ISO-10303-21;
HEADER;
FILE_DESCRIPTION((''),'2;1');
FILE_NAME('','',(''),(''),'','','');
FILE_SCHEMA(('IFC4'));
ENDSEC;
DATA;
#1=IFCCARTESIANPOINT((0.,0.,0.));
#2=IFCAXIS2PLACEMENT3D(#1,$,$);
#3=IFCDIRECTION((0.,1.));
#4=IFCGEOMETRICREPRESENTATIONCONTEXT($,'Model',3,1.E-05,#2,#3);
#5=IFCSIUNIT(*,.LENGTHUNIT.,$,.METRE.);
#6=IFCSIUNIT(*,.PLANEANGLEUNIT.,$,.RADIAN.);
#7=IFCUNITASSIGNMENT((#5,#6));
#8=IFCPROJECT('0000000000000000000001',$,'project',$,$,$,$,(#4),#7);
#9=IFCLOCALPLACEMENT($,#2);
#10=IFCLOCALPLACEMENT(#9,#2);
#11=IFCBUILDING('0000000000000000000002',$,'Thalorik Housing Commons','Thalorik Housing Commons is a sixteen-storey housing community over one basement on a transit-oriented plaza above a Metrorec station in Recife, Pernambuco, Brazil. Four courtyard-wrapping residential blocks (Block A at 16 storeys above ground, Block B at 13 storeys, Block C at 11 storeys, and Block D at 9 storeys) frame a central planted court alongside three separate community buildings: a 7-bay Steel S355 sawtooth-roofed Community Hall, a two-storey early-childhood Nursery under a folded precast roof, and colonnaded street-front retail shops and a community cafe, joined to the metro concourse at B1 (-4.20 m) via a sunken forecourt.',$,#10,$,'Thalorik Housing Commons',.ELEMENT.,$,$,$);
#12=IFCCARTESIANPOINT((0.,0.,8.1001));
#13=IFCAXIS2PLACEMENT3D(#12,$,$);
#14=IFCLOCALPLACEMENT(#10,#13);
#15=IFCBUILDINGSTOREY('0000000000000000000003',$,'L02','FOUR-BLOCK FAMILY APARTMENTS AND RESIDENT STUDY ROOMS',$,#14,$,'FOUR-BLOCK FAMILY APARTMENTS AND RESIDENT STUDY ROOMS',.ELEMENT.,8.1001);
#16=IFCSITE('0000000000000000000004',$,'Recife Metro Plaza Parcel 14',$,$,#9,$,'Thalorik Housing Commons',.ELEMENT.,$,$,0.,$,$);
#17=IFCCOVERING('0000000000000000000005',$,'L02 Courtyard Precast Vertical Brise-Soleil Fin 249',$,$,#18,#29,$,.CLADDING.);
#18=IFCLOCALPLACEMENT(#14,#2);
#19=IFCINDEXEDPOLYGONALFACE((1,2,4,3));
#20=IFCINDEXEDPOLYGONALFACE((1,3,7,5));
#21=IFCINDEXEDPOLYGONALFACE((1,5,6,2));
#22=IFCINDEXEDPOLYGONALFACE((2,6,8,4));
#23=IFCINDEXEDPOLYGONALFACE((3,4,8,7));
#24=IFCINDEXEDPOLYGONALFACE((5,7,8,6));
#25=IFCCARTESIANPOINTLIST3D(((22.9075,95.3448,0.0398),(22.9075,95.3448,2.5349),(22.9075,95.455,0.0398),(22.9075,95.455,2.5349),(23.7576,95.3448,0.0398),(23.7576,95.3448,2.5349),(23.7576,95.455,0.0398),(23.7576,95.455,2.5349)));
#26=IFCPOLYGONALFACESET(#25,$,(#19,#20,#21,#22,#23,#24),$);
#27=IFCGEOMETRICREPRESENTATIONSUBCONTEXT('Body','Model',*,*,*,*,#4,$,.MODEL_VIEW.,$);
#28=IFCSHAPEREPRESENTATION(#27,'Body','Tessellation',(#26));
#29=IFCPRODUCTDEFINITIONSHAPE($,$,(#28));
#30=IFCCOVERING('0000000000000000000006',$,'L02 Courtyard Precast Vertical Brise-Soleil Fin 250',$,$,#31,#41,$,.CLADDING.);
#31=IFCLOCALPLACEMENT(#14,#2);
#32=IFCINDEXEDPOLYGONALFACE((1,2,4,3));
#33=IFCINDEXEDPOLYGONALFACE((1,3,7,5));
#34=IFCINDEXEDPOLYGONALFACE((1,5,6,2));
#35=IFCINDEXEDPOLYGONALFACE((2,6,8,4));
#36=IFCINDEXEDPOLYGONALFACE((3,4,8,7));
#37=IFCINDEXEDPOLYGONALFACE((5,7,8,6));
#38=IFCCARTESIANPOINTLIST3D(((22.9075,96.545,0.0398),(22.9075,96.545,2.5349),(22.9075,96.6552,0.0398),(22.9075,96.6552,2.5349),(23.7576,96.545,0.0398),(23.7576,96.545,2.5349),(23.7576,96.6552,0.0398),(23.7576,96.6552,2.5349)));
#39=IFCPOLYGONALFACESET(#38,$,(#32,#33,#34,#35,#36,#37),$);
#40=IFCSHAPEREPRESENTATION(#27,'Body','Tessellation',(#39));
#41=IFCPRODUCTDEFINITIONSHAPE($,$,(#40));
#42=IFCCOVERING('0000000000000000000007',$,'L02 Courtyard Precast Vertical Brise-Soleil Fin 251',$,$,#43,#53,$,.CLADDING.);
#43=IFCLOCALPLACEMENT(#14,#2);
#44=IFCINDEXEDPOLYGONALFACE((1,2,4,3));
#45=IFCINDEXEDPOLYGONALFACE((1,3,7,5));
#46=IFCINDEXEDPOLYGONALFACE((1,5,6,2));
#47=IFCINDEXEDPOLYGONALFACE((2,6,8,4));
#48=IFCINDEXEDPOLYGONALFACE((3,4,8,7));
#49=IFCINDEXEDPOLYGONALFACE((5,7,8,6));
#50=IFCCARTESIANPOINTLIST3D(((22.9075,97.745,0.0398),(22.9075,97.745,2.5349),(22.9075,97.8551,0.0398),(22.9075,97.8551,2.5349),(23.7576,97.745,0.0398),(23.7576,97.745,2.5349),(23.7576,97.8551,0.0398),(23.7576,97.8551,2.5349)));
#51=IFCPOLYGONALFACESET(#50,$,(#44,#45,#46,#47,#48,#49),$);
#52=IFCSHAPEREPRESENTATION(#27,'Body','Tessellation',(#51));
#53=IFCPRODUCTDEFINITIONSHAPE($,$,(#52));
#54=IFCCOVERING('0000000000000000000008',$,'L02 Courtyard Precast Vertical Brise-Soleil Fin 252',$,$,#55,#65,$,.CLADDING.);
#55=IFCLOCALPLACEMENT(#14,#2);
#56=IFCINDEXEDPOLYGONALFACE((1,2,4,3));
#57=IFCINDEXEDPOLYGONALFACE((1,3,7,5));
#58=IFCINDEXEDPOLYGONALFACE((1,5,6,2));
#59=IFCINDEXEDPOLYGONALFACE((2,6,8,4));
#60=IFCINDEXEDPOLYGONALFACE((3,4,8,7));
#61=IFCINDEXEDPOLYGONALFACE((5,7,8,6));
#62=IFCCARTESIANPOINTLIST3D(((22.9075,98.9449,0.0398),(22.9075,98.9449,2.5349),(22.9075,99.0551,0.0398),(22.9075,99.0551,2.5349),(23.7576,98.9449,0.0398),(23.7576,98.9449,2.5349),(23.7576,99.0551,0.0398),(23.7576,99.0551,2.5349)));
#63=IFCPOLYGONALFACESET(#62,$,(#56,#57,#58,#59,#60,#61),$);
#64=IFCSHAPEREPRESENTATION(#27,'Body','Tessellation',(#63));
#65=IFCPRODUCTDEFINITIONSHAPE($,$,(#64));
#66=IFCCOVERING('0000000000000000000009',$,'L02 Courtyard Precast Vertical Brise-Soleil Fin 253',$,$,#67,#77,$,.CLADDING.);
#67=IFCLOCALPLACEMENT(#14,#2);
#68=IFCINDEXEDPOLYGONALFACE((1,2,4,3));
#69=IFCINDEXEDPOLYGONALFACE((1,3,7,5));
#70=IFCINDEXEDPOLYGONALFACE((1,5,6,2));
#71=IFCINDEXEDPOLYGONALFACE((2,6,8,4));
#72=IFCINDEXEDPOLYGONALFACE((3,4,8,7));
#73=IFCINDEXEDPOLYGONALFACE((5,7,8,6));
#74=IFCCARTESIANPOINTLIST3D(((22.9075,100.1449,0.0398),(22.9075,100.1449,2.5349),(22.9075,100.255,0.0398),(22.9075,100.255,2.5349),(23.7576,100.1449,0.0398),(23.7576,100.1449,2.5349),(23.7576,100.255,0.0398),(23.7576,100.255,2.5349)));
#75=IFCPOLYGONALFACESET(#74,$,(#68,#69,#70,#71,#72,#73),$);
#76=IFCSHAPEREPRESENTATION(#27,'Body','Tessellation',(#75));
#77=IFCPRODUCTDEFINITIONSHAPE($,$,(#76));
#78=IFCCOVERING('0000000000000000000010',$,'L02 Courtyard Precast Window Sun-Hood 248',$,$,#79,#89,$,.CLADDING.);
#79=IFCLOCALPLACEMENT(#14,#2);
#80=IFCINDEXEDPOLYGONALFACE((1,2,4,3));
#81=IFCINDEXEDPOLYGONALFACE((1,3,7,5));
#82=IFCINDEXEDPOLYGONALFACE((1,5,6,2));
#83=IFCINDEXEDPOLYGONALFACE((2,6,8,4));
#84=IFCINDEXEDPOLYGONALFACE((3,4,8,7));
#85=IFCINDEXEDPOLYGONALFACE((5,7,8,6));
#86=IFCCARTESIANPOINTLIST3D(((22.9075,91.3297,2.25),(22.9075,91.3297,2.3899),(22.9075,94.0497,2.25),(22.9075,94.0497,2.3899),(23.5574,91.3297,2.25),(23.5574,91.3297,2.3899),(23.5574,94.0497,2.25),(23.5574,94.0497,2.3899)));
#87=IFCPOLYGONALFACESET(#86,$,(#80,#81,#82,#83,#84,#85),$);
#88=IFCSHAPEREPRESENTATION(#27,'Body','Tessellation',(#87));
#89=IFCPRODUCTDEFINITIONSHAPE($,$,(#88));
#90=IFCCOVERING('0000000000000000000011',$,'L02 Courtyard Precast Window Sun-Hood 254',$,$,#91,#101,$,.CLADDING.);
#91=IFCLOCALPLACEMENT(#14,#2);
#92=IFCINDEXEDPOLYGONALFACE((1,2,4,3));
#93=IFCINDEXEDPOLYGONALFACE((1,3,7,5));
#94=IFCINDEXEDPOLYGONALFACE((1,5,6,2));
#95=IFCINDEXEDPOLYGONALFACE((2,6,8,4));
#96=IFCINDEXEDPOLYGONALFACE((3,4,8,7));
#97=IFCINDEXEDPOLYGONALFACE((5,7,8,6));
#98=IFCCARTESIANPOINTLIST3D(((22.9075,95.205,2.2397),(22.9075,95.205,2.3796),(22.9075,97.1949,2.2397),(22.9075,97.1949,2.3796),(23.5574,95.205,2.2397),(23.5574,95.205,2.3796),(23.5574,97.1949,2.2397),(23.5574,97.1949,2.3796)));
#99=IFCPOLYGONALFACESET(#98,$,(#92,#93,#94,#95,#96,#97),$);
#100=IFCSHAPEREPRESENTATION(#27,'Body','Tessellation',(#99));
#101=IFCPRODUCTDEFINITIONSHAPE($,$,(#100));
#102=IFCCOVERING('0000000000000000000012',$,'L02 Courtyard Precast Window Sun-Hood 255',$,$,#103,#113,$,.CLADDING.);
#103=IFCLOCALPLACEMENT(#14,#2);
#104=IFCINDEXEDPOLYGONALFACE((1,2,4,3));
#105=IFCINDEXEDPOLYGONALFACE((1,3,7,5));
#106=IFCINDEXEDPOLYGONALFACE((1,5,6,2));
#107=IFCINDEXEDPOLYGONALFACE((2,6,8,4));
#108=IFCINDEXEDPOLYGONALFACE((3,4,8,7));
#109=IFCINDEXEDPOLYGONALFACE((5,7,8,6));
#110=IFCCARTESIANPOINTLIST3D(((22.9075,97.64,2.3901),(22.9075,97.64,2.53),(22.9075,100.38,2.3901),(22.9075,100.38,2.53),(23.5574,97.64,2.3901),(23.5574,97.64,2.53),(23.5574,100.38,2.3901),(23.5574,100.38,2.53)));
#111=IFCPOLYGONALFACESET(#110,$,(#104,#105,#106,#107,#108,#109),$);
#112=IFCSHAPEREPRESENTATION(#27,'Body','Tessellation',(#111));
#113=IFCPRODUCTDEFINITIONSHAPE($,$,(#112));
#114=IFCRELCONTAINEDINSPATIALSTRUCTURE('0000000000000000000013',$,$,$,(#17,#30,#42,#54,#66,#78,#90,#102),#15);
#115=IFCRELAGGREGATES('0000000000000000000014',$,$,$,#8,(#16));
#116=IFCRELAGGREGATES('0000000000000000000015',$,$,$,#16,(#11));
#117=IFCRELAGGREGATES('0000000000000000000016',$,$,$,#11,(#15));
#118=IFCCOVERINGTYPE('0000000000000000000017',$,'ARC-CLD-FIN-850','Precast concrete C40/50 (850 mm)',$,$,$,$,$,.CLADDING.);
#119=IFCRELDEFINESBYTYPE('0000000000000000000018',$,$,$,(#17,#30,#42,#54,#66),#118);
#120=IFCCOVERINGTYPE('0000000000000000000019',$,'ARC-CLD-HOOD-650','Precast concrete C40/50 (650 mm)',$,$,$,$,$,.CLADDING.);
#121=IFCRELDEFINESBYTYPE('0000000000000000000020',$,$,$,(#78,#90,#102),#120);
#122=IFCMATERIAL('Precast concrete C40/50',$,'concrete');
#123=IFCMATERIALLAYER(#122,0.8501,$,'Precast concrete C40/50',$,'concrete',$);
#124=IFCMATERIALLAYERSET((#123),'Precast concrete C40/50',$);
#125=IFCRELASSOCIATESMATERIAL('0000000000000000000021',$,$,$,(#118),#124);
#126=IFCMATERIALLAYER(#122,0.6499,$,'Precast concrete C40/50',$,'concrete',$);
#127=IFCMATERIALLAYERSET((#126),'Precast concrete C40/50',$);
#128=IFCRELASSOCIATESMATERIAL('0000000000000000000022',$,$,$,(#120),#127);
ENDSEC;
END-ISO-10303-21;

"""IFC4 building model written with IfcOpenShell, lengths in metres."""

from ifc_helpers import new_model, si_unit, direction, frame, origin, origin_2d, place, context, subcontext, project, spatial, rectangle, extrude, material, layer, layer_set, type_object, element, save


model = new_model("IFC4")

# Units and contexts
model_context = context("Model", 3, precision=1e-05, world=origin(), true_north=direction((0.0, 1.0)))
body_context = subcontext(model_context, "Body", "Model", "MODEL_VIEW")
ifc_project = project(units=[si_unit("LENGTHUNIT", "METRE"), si_unit("PLANEANGLEUNIT", "RADIAN")], contexts=[model_context])

# Site, building, storey
site_placement = place(None, origin())
site = spatial("IfcSite", under=ifc_project, at=site_placement, Name="Recife Metro Plaza Parcel 14", LongName="Thalorik Housing Commons", CompositionType="ELEMENT", RefElevation=0.0)
building_placement = place(site_placement, origin())
building = spatial("IfcBuilding", under=site, at=building_placement, Name="Thalorik Housing Commons", Description="Thalorik Housing Commons is a sixteen-storey housing community over one basement on a transit-oriented plaza above a Metrorec station in Recife, Pernambuco, Brazil. Four courtyard-wrapping residential blocks (Block A at 16 storeys above ground, Block B at 13 storeys, Block C at 11 storeys, and Block D at 9 storeys) frame a central planted court alongside three separate community buildings: a 7-bay Steel S355 sawtooth-roofed Community Hall, a two-storey early-childhood Nursery under a folded precast roof, and colonnaded street-front retail shops and a community cafe, joined to the metro concourse at B1 (-4.20 m) via a sunken forecourt.", LongName="Thalorik Housing Commons", CompositionType="ELEMENT")
storey_placement = place(building_placement, frame((0.0, 0.0, 8.1001)))
storey = spatial("IfcBuildingStorey", under=building, at=storey_placement, Name="L02", Description="FOUR-BLOCK FAMILY APARTMENTS AND RESIDENT STUDY ROOMS", LongName="FOUR-BLOCK FAMILY APARTMENTS AND RESIDENT STUDY ROOMS", CompositionType="ELEMENT", Elevation=8.1001)

# Shared definitions
ifc_material_1 = material(Name="Precast concrete C40/50", Category="concrete")

# Coverings
ifc_layer_1 = layer(ifc_material_1, 0.8501, Name="Precast concrete C40/50", Category="concrete")
ifc_layer_set_1 = layer_set([ifc_layer_1], Name="Precast concrete C40/50")
covering_type_1 = type_object("IfcCoveringType", Name="ARC-CLD-FIN-850", Description="Precast concrete C40/50 (850 mm)", PredefinedType="CLADDING", material=ifc_layer_set_1)
for number, where, z_axis, x_axis, name in (
    (1, (23.3325, 95.3999, 0.0398), (0.0, 0.0, 1.0), (0.0, 1.0, 0.0), "L02 Courtyard Precast Vertical Brise-Soleil Fin 249"),
    (2, (23.3325, 96.6001, 0.0398), (0.0, 0.0, 1.0), (0.0, 1.0, 0.0), "L02 Courtyard Precast Vertical Brise-Soleil Fin 250"),
    (3, (23.3325, 97.8, 0.0398), (0.0, 0.0, 1.0), (0.0, 1.0, 0.0), "L02 Courtyard Precast Vertical Brise-Soleil Fin 251"),
    (4, (23.3325, 99.0, 0.0398), (0.0, 0.0, 1.0), (0.0, 1.0, 0.0), "L02 Courtyard Precast Vertical Brise-Soleil Fin 252"),
    (5, (23.3325, 100.2, 0.0398), (0.0, 0.0, 1.0), (0.0, 1.0, 0.0), "L02 Courtyard Precast Vertical Brise-Soleil Fin 253"),
):
    element("IfcCovering", number, at=place(storey_placement, frame(where, z_axis=z_axis, x_axis=x_axis)), inside=storey, type_object=covering_type_1, Name=name, PredefinedType="CLADDING", context=body_context, shape_type="SweptSolid", body=[
        extrude(rectangle(XDim=0.1101, YDim=0.8501, at=origin_2d()), origin(), (0.0, 0.0, 1.0), 2.4951),
    ])
ifc_layer_2 = layer(ifc_material_1, 0.6499, Name="Precast concrete C40/50", Category="concrete")
ifc_layer_set_2 = layer_set([ifc_layer_2], Name="Precast concrete C40/50")
covering_type_2 = type_object("IfcCoveringType", Name="ARC-CLD-HOOD-650", Description="Precast concrete C40/50 (650 mm)", PredefinedType="CLADDING", material=ifc_layer_set_2)
covering_1_placement = place(storey_placement, frame((23.2324, 92.6897, 2.25), z_axis=(0.0, 0.0, 1.0), x_axis=(0.0, 1.0, 0.0)))
element("IfcCovering", 6, at=covering_1_placement, inside=storey, type_object=covering_type_2, Name="L02 Courtyard Precast Window Sun-Hood 248", PredefinedType="CLADDING", context=body_context, shape_type="SweptSolid", body=[
    extrude(rectangle(XDim=2.72, YDim=0.6499, at=origin_2d()), origin(), (0.0, 0.0, 1.0), 0.1399),
])
covering_2_placement = place(storey_placement, frame((23.2324, 96.2, 2.2397), z_axis=(0.0, 0.0, 1.0), x_axis=(0.0, 1.0, 0.0)))
element("IfcCovering", 7, at=covering_2_placement, inside=storey, type_object=covering_type_2, Name="L02 Courtyard Precast Window Sun-Hood 254", PredefinedType="CLADDING", context=body_context, shape_type="SweptSolid", body=[
    extrude(rectangle(XDim=1.99, YDim=0.6499, at=origin_2d()), origin(), (0.0, 0.0, 1.0), 0.1399),
])
covering_3_placement = place(storey_placement, frame((23.2324, 99.01, 2.3901), z_axis=(0.0, 0.0, 1.0), x_axis=(0.0, 1.0, 0.0)))
element("IfcCovering", 8, at=covering_3_placement, inside=storey, type_object=covering_type_2, Name="L02 Courtyard Precast Window Sun-Hood 255", PredefinedType="CLADDING", context=body_context, shape_type="SweptSolid", body=[
    extrude(rectangle(XDim=2.74, YDim=0.6499, at=origin_2d()), origin(), (0.0, 0.0, 1.0), 0.1399),
])

save(model, "model.ifc")
